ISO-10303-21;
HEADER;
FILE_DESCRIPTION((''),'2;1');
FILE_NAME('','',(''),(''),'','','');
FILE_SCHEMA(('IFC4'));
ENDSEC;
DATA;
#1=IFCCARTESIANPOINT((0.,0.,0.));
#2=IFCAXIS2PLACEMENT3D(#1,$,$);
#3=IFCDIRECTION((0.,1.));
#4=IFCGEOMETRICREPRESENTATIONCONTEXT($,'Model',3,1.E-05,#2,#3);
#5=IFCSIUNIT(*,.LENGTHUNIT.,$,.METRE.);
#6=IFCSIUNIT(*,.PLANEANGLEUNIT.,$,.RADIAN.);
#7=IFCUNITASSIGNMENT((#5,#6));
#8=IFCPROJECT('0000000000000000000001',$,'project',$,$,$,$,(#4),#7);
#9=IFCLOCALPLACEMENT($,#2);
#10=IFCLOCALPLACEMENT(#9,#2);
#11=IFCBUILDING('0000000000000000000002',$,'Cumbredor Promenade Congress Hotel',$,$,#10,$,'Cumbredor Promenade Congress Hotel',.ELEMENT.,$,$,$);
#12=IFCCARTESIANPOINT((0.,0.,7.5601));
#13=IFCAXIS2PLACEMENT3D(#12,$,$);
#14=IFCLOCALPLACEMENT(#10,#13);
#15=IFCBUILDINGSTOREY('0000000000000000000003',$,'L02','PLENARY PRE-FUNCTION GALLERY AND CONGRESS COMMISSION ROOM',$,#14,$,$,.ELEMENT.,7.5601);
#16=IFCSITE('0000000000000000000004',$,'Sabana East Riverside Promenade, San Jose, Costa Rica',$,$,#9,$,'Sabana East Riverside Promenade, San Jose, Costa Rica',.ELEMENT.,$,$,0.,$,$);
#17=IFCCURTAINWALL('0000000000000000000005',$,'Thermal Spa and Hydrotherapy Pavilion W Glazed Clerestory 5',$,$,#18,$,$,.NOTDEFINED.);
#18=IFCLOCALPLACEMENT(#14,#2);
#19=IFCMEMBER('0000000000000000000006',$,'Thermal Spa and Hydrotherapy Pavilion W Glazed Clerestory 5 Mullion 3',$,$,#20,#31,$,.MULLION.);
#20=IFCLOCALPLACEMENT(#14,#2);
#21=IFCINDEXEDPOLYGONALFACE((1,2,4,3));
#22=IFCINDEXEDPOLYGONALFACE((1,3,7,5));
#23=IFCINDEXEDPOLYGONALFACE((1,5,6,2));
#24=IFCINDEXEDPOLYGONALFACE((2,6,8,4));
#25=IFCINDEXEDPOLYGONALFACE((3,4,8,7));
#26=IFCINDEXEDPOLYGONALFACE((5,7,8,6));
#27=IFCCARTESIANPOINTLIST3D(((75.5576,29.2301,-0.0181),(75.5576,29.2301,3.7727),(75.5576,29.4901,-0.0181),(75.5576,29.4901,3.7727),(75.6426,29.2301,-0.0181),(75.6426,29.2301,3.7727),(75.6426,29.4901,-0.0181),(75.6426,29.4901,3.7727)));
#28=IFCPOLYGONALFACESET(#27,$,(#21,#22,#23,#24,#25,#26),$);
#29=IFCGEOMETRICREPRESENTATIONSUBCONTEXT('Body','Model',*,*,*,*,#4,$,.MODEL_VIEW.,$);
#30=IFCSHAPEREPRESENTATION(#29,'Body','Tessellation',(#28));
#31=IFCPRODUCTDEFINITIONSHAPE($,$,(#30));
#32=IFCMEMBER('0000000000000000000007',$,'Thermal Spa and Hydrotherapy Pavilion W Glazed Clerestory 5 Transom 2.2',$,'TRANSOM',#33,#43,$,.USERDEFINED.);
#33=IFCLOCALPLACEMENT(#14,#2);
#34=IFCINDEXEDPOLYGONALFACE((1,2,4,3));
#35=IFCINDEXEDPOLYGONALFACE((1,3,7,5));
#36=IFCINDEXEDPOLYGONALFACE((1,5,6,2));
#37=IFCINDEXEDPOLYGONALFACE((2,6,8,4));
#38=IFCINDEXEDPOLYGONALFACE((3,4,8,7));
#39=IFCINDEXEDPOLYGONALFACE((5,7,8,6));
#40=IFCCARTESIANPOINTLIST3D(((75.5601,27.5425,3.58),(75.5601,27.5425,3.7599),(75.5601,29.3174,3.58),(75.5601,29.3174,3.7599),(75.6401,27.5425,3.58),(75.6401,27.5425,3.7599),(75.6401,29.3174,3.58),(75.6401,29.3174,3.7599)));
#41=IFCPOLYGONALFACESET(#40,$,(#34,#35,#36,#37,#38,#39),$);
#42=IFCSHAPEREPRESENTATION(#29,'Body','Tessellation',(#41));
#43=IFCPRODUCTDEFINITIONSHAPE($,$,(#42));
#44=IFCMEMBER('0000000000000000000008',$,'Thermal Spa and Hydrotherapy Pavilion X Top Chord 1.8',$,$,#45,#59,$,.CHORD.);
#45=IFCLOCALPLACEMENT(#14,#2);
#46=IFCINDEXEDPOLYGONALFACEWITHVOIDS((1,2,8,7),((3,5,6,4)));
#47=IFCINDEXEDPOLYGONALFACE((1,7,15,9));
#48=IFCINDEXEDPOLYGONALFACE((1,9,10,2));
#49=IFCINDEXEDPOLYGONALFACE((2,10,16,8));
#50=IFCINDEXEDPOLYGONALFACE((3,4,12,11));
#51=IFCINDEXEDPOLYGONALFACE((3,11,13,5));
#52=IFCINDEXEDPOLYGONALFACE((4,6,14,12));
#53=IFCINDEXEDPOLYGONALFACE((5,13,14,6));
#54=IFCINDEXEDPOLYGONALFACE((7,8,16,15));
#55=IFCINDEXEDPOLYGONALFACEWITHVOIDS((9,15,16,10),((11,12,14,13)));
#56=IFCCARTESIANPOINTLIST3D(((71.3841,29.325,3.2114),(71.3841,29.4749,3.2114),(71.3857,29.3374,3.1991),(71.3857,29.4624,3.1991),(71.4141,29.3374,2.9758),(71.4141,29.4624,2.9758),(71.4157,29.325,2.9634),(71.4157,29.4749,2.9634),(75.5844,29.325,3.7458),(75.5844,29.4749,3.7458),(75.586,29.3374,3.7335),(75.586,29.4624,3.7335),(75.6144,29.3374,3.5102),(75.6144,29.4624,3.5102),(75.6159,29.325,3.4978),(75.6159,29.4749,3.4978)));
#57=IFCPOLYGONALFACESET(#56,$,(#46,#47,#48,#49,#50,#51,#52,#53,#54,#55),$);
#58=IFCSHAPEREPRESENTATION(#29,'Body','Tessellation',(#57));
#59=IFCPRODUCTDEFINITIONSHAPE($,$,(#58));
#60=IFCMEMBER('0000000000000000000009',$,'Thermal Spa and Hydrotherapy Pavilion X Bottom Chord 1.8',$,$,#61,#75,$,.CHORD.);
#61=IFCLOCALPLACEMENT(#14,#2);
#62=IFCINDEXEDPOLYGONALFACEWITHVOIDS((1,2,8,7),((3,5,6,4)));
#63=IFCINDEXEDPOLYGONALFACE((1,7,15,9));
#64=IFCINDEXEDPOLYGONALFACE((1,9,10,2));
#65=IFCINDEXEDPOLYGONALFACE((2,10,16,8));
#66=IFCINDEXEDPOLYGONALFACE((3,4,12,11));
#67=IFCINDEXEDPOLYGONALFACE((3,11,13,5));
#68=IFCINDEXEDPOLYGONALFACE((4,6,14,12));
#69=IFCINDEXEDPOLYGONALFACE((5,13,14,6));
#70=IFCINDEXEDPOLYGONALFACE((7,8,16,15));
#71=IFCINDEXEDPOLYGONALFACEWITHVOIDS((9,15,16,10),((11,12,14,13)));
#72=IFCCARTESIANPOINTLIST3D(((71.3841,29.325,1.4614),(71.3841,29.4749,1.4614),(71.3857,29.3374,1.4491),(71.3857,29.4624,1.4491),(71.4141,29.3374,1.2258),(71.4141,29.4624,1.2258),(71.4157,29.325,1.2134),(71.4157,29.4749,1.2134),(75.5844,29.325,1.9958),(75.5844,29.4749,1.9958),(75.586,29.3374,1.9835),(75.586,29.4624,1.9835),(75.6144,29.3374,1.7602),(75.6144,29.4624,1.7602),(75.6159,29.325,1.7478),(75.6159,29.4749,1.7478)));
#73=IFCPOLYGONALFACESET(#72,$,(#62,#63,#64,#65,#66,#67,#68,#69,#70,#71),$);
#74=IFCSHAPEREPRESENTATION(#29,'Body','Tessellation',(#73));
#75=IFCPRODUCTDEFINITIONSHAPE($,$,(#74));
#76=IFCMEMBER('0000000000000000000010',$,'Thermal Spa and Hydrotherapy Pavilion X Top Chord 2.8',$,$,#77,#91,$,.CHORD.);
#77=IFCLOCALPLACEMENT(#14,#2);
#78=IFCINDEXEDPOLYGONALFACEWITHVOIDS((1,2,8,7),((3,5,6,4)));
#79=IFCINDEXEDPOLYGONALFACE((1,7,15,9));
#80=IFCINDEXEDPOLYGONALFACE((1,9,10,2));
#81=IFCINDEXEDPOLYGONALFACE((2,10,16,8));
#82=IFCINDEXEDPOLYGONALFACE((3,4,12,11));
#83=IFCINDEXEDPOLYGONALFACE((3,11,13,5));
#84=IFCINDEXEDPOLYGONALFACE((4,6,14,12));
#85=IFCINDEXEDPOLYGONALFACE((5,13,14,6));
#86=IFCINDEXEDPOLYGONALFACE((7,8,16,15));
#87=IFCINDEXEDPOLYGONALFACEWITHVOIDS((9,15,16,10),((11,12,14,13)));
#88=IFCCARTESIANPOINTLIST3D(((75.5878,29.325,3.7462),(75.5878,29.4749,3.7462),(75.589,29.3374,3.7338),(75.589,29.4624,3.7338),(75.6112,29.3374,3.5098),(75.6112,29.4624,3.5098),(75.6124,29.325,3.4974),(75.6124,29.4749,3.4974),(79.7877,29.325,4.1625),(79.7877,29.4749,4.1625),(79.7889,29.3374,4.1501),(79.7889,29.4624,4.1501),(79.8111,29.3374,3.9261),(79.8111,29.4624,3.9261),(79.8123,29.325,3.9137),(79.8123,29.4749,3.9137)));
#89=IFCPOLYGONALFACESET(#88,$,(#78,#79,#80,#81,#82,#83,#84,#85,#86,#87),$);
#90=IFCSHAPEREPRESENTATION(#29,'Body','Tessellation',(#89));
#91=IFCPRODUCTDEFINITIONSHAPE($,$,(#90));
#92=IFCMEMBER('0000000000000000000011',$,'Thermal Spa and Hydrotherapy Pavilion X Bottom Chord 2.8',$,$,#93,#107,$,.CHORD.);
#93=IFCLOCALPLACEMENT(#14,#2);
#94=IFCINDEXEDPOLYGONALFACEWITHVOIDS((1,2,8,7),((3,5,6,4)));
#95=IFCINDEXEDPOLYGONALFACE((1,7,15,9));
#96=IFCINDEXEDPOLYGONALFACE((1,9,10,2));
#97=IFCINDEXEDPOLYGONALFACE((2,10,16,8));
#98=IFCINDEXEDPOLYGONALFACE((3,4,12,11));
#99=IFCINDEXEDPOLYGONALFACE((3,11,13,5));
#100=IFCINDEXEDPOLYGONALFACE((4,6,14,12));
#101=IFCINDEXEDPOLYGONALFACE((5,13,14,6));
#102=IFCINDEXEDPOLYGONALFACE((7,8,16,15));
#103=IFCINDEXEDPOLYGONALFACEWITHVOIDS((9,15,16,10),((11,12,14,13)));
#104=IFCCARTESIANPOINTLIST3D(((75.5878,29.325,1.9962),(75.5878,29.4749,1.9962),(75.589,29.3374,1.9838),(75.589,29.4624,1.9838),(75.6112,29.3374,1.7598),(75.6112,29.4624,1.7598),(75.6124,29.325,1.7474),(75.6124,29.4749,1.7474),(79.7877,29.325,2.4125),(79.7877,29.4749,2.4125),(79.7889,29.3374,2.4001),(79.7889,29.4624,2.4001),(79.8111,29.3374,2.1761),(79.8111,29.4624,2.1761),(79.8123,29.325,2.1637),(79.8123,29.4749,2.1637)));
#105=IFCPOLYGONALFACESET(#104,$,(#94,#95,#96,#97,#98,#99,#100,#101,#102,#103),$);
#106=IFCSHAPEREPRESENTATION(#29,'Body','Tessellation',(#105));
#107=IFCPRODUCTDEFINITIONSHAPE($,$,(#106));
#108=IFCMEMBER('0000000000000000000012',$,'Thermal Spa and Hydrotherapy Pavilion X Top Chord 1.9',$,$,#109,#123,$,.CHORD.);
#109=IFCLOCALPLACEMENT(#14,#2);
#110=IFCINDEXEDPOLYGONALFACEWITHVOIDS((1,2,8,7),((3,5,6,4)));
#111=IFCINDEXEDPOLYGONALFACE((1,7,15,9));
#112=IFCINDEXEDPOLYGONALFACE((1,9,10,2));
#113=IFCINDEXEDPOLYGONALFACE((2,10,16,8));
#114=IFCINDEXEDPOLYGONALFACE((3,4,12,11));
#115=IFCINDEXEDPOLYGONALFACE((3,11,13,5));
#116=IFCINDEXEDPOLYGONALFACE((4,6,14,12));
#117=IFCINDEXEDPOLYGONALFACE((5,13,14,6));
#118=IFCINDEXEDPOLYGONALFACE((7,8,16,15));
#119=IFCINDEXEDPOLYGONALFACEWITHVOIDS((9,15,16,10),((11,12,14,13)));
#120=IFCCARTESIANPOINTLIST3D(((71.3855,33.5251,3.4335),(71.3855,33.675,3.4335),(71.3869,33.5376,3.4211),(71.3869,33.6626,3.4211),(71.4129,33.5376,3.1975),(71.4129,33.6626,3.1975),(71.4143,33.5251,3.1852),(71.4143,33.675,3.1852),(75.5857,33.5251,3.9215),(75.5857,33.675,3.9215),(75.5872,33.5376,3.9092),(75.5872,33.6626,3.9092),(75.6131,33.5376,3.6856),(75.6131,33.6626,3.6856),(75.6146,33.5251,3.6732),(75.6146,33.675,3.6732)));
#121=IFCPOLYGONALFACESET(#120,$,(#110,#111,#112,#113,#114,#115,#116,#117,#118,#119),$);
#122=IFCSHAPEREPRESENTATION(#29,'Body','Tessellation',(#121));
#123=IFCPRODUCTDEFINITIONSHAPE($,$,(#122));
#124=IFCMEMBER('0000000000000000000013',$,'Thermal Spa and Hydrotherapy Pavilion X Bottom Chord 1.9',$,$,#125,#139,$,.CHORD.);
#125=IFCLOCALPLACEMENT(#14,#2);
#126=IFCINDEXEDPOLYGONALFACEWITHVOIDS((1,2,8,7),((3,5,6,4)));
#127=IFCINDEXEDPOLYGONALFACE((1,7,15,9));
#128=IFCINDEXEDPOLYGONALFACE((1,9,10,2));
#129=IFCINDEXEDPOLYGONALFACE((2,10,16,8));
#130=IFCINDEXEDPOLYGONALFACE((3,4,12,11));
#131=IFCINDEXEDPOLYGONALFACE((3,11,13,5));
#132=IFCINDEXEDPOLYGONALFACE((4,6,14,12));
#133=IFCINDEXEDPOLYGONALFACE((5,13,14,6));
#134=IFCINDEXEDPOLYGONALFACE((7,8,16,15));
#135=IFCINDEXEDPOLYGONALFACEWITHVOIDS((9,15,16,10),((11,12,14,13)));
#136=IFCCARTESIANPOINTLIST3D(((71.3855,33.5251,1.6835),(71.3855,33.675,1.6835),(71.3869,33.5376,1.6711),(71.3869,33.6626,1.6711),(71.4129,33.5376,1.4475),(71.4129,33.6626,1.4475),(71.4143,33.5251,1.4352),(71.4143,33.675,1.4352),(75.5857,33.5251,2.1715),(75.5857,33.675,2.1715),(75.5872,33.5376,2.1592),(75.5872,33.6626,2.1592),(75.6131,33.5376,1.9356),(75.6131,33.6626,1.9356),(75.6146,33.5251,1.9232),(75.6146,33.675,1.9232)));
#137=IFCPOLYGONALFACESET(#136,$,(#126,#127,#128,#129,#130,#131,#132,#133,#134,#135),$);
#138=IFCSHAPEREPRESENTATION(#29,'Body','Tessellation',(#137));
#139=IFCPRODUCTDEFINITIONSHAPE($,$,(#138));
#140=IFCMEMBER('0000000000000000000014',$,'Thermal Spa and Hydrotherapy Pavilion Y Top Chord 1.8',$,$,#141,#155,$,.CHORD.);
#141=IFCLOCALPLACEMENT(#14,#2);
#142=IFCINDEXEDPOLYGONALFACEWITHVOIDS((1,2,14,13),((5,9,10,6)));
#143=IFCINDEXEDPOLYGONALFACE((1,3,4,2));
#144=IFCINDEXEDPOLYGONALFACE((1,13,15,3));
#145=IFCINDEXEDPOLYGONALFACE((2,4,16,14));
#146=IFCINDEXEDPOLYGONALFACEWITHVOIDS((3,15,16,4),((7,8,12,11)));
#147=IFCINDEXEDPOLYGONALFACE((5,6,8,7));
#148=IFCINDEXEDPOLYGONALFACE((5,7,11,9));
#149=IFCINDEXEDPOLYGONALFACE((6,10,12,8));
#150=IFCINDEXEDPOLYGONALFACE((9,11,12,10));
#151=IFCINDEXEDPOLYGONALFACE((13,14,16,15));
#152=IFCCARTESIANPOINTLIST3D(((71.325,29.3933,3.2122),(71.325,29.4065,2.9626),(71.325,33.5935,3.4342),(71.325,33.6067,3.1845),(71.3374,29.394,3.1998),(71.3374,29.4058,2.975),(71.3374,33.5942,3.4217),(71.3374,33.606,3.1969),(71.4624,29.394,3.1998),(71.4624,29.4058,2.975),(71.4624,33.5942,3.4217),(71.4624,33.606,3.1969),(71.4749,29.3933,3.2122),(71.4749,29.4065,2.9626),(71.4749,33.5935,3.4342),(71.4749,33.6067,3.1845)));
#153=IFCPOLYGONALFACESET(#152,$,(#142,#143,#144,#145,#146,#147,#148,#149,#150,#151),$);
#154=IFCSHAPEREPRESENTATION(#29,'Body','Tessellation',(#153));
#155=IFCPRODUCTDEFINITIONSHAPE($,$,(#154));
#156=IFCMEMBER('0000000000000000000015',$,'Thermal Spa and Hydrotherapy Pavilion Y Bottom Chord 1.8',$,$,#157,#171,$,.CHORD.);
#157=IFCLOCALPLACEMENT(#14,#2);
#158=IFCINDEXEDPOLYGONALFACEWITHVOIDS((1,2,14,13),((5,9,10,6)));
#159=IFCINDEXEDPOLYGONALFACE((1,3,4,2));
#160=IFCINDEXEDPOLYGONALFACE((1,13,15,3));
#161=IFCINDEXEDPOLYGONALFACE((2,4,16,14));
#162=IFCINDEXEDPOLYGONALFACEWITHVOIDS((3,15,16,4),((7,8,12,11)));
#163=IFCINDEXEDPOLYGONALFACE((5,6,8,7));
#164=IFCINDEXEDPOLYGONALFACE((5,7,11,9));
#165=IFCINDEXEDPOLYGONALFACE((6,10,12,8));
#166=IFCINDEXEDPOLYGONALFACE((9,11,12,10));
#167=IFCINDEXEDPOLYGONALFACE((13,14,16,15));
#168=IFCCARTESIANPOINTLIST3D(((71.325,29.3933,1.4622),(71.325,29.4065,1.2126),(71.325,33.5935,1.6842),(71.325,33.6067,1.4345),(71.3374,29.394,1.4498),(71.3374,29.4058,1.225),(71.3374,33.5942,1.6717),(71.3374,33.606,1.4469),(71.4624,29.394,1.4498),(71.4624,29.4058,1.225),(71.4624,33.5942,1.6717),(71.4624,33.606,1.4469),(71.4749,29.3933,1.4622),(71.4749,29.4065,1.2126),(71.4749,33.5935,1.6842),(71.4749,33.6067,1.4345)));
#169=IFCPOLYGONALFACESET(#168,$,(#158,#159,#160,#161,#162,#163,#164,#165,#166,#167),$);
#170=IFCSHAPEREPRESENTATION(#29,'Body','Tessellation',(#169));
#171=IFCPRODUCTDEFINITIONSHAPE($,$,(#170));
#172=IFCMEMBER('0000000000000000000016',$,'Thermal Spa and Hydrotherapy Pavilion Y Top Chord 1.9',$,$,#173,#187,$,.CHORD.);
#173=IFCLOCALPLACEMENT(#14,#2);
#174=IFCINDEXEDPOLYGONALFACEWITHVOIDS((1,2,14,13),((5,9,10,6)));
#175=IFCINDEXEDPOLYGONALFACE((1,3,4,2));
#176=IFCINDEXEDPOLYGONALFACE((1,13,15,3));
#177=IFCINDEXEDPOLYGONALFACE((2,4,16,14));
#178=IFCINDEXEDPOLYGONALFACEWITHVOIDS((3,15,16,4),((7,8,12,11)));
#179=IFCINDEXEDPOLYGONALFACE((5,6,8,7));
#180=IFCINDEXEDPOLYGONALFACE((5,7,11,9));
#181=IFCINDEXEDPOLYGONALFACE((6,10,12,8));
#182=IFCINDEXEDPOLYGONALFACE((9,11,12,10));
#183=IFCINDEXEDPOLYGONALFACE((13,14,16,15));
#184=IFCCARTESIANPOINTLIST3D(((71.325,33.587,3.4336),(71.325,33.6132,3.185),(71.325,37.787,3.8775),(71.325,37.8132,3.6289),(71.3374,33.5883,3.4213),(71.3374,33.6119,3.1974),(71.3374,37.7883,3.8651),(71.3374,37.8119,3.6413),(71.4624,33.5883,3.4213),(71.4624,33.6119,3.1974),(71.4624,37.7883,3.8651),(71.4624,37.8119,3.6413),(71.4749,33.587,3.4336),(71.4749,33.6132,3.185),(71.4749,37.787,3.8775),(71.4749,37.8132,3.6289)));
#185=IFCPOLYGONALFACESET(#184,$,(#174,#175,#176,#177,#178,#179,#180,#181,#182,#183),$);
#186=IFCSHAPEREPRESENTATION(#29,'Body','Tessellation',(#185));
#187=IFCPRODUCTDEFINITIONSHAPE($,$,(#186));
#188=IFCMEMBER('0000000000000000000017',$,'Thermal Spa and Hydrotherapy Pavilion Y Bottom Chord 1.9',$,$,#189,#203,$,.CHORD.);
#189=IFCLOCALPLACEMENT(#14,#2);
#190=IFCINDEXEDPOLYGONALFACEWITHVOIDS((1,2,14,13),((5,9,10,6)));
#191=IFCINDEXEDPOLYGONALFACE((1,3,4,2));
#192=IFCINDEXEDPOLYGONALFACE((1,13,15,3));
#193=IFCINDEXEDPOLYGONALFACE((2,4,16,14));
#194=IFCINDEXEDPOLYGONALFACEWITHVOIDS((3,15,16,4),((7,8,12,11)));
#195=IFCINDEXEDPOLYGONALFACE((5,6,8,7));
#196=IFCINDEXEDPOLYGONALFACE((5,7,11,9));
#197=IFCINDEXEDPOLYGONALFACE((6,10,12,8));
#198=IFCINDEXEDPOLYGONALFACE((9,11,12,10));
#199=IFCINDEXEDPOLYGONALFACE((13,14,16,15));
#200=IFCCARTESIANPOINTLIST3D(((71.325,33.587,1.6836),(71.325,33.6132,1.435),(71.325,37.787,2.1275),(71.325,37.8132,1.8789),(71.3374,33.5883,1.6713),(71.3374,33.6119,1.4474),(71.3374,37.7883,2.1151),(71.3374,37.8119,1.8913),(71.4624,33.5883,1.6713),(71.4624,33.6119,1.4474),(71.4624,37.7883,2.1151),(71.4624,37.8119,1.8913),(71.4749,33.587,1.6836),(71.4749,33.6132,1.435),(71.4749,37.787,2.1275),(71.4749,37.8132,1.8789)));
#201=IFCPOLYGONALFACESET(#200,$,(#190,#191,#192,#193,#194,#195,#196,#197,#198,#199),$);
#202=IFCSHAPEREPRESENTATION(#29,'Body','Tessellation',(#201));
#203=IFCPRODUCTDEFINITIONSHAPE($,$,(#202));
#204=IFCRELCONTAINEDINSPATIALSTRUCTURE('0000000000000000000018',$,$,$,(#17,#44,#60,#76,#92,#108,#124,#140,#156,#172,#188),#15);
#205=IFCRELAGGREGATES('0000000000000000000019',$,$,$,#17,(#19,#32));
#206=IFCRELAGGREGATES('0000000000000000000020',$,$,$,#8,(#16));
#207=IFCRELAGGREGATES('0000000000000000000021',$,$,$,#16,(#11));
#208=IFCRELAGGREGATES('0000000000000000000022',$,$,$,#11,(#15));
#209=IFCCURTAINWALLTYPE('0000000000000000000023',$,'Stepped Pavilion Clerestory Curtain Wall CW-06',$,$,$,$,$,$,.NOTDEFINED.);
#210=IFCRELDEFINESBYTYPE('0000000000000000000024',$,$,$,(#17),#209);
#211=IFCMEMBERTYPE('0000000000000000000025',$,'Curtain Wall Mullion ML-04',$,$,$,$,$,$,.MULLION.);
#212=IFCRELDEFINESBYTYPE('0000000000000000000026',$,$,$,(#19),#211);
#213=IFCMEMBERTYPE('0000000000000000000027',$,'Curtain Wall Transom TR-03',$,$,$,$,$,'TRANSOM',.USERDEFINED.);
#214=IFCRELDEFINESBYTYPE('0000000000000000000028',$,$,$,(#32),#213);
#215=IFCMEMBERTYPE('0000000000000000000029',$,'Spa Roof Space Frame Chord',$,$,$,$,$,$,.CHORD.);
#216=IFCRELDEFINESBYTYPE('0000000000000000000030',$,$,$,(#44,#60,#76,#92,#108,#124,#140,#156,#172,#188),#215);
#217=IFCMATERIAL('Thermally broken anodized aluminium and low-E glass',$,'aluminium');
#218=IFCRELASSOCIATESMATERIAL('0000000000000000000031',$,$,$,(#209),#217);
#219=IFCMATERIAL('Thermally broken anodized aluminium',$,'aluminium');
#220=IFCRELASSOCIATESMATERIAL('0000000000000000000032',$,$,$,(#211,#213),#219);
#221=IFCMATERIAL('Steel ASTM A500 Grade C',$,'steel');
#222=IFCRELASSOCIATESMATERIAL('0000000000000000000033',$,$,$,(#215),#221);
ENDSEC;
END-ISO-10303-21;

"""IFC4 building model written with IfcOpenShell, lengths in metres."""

from ifc_helpers import new_model, si_unit, direction, frame, origin, origin_2d, place, context, subcontext, project, spatial, rectangle, hollow_rectangle, extrude, material, material_profile, profile_set, type_object, element, aggregate, save


model = new_model("IFC4")

# Units and contexts
model_context = context("Model", 3, precision=1e-05, world=origin(), true_north=direction((0.0, 1.0)))
body_context = subcontext(model_context, "Body", "Model", "MODEL_VIEW")
ifc_project = project(units=[si_unit("LENGTHUNIT", "METRE"), si_unit("PLANEANGLEUNIT", "RADIAN")], contexts=[model_context])

# Site, building, storey
site_placement = place(None, origin())
site = spatial("IfcSite", under=ifc_project, at=site_placement, Name="Sabana East Riverside Promenade, San Jose, Costa Rica", LongName="Sabana East Riverside Promenade, San Jose, Costa Rica", CompositionType="ELEMENT", RefElevation=0.0)
building_placement = place(site_placement, origin())
building = spatial("IfcBuilding", under=site, at=building_placement, Name="Cumbredor Promenade Congress Hotel", LongName="Cumbredor Promenade Congress Hotel", CompositionType="ELEMENT")
storey_placement = place(building_placement, frame((0.0, 0.0, 7.5601)))
storey = spatial("IfcBuildingStorey", under=building, at=storey_placement, Name="L02", Description="PLENARY PRE-FUNCTION GALLERY AND CONGRESS COMMISSION ROOM", CompositionType="ELEMENT", Elevation=7.5601)

# Curtain wall, members
ifc_material_1 = material(Name="Thermally broken anodized aluminium and low-E glass", Category="aluminium")
curtain_wall_type = type_object("IfcCurtainWallType", Name="Stepped Pavilion Clerestory Curtain Wall CW-06", PredefinedType="NOTDEFINED", material=ifc_material_1)
curtain_wall_placement = place(storey_placement, origin())
curtain_wall = element("IfcCurtainWall", 1, at=curtain_wall_placement, inside=storey, type_object=curtain_wall_type, Name="Thermal Spa and Hydrotherapy Pavilion W Glazed Clerestory 5", PredefinedType="NOTDEFINED")
ifc_material_2 = material(Name="Thermally broken anodized aluminium", Category="aluminium")
ifc_material_profile_1 = material_profile(ifc_material_2, rectangle(XDim=0.085, YDim=0.26, at=origin_2d()), Name="ALU MULLION CLERESTORY 85x260")
ifc_profile_set_1 = profile_set([ifc_material_profile_1], Name="Thermally broken anodized aluminium")
member_type_1 = type_object("IfcMemberType", Name="Curtain Wall Mullion ML-04", PredefinedType="MULLION", material=ifc_profile_set_1)
member_1_placement = place(storey_placement, frame((75.6001, 29.3601, -0.0181), z_axis=(0.0, 0.0, 1.0), x_axis=(1.0, 0.0, 0.0)))
member_1 = element("IfcMember", 2, at=member_1_placement, type_object=member_type_1, Name="Thermal Spa and Hydrotherapy Pavilion W Glazed Clerestory 5 Mullion 3", PredefinedType="MULLION", context=body_context, shape_type="SweptSolid", body=[
    extrude(rectangle(XDim=0.085, YDim=0.26, at=origin_2d()), origin(), (0.0, 0.0, 1.0), 3.7908),
])
ifc_material_profile_2 = material_profile(ifc_material_2, rectangle(XDim=0.0801, YDim=0.1799, at=origin_2d()), Name="ALU TRANSOM 80x180")
ifc_profile_set_2 = profile_set([ifc_material_profile_2], Name="Thermally broken anodized aluminium")
member_type_2 = type_object("IfcMemberType", Name="Curtain Wall Transom TR-03", ElementType="TRANSOM", PredefinedType="USERDEFINED", material=ifc_profile_set_2)
member_2_placement = place(storey_placement, frame((75.6001, 27.5425, 3.6699), z_axis=(0.0, 1.0, 0.0), x_axis=(-1.0, 0.0, 0.0)))
member_2 = element("IfcMember", 3, at=member_2_placement, type_object=member_type_2, Name="Thermal Spa and Hydrotherapy Pavilion W Glazed Clerestory 5 Transom 2.2", ObjectType="TRANSOM", PredefinedType="USERDEFINED", context=body_context, shape_type="SweptSolid", body=[
    extrude(rectangle(XDim=0.0801, YDim=0.1799, at=origin_2d()), origin(), (0.0, 0.0, 1.0), 1.7749),
])

# Members
ifc_material_3 = material(Name="Steel ASTM A500 Grade C", Category="steel")
ifc_material_profile_3 = material_profile(ifc_material_3, hollow_rectangle(XDim=0.1499, YDim=0.25, WallThickness=0.0125, at=origin_2d()), Name="HSS 250x150x12.5")
ifc_profile_set_3 = profile_set([ifc_material_profile_3], Name="Steel ASTM A500 Grade C")
member_type_3 = type_object("IfcMemberType", Name="Spa Roof Space Frame Chord", PredefinedType="CHORD", material=ifc_profile_set_3)
for number, where, z_axis, x_axis, name in (
    (4, (71.3999, 29.3999, 3.0874), (0.992002, 0.0, 0.12622), (0.0, 1.0, 0.0), "Thermal Spa and Hydrotherapy Pavilion X Top Chord 1.8"),
    (5, (71.3999, 29.3999, 1.3374), (0.992002, 0.0, 0.12622), (0.0, 1.0, 0.0), "Thermal Spa and Hydrotherapy Pavilion X Bottom Chord 1.8"),
):
    element("IfcMember", number, at=place(storey_placement, frame(where, z_axis=z_axis, x_axis=x_axis)), inside=storey, type_object=member_type_3, Name=name, PredefinedType="CHORD", context=body_context, shape_type="SweptSolid", body=[
        extrude(hollow_rectangle(XDim=0.1499, YDim=0.25, WallThickness=0.0125, at=origin_2d()), origin(), (0.0, 0.0, 1.0), 4.2341),
    ])
for number, where, z_axis, x_axis, name in (
    (6, (75.6001, 29.3999, 3.6218), (0.995124, 0.0, 0.098627), (0.0, 1.0, 0.0), "Thermal Spa and Hydrotherapy Pavilion X Top Chord 2.8"),
    (7, (75.6001, 29.3999, 1.8718), (0.995124, 0.0, 0.098627), (0.0, 1.0, 0.0), "Thermal Spa and Hydrotherapy Pavilion X Bottom Chord 2.8"),
):
    element("IfcMember", number, at=place(storey_placement, frame(where, z_axis=z_axis, x_axis=x_axis)), inside=storey, type_object=member_type_3, Name=name, PredefinedType="CHORD", context=body_context, shape_type="SweptSolid", body=[
        extrude(hollow_rectangle(XDim=0.1499, YDim=0.25, WallThickness=0.0125, at=origin_2d()), origin(), (0.0, 0.0, 1.0), 4.2205),
    ])
for number, where, z_axis, x_axis, name in (
    (8, (71.3999, 33.6001, 3.3093), (0.993317, 0.0, 0.115417), (0.0, 1.0, 0.0), "Thermal Spa and Hydrotherapy Pavilion X Top Chord 1.9"),
    (9, (71.3999, 33.6001, 1.5593), (0.993317, 0.0, 0.115417), (0.0, 1.0, 0.0), "Thermal Spa and Hydrotherapy Pavilion X Bottom Chord 1.9"),
):
    element("IfcMember", number, at=place(storey_placement, frame(where, z_axis=z_axis, x_axis=x_axis)), inside=storey, type_object=member_type_3, Name=name, PredefinedType="CHORD", context=body_context, shape_type="SweptSolid", body=[
        extrude(hollow_rectangle(XDim=0.1499, YDim=0.25, WallThickness=0.0125, at=origin_2d()), origin(), (0.0, 0.0, 1.0), 4.2285),
    ])
for number, where, z_axis, x_axis, name in (
    (10, (71.3999, 29.3999, 3.0874), (0.0, 0.998607, 0.052763), (-1.0, 0.0, 0.0), "Thermal Spa and Hydrotherapy Pavilion Y Top Chord 1.8"),
    (11, (71.3999, 29.3999, 1.3374), (0.0, 0.998607, 0.052763), (-1.0, 0.0, 0.0), "Thermal Spa and Hydrotherapy Pavilion Y Bottom Chord 1.8"),
):
    element("IfcMember", number, at=place(storey_placement, frame(where, z_axis=z_axis, x_axis=x_axis)), inside=storey, type_object=member_type_3, Name=name, PredefinedType="CHORD", context=body_context, shape_type="SweptSolid", body=[
        extrude(hollow_rectangle(XDim=0.1499, YDim=0.25, WallThickness=0.0125, at=origin_2d()), origin(), (0.0, 0.0, 1.0), 4.2061),
    ])
for number, where, z_axis, x_axis, name in (
    (12, (71.3999, 33.6001, 3.3093), (0.0, 0.994462, 0.105094), (-1.0, 0.0, 0.0), "Thermal Spa and Hydrotherapy Pavilion Y Top Chord 1.9"),
    (13, (71.3999, 33.6001, 1.5593), (0.0, 0.994462, 0.105094), (-1.0, 0.0, 0.0), "Thermal Spa and Hydrotherapy Pavilion Y Bottom Chord 1.9"),
):
    element("IfcMember", number, at=place(storey_placement, frame(where, z_axis=z_axis, x_axis=x_axis)), inside=storey, type_object=member_type_3, Name=name, PredefinedType="CHORD", context=body_context, shape_type="SweptSolid", body=[
        extrude(hollow_rectangle(XDim=0.1499, YDim=0.25, WallThickness=0.0125, at=origin_2d()), origin(), (0.0, 0.0, 1.0), 4.2234),
    ])

aggregate(curtain_wall, [member_1, member_2])

save(model, "model.ifc")
